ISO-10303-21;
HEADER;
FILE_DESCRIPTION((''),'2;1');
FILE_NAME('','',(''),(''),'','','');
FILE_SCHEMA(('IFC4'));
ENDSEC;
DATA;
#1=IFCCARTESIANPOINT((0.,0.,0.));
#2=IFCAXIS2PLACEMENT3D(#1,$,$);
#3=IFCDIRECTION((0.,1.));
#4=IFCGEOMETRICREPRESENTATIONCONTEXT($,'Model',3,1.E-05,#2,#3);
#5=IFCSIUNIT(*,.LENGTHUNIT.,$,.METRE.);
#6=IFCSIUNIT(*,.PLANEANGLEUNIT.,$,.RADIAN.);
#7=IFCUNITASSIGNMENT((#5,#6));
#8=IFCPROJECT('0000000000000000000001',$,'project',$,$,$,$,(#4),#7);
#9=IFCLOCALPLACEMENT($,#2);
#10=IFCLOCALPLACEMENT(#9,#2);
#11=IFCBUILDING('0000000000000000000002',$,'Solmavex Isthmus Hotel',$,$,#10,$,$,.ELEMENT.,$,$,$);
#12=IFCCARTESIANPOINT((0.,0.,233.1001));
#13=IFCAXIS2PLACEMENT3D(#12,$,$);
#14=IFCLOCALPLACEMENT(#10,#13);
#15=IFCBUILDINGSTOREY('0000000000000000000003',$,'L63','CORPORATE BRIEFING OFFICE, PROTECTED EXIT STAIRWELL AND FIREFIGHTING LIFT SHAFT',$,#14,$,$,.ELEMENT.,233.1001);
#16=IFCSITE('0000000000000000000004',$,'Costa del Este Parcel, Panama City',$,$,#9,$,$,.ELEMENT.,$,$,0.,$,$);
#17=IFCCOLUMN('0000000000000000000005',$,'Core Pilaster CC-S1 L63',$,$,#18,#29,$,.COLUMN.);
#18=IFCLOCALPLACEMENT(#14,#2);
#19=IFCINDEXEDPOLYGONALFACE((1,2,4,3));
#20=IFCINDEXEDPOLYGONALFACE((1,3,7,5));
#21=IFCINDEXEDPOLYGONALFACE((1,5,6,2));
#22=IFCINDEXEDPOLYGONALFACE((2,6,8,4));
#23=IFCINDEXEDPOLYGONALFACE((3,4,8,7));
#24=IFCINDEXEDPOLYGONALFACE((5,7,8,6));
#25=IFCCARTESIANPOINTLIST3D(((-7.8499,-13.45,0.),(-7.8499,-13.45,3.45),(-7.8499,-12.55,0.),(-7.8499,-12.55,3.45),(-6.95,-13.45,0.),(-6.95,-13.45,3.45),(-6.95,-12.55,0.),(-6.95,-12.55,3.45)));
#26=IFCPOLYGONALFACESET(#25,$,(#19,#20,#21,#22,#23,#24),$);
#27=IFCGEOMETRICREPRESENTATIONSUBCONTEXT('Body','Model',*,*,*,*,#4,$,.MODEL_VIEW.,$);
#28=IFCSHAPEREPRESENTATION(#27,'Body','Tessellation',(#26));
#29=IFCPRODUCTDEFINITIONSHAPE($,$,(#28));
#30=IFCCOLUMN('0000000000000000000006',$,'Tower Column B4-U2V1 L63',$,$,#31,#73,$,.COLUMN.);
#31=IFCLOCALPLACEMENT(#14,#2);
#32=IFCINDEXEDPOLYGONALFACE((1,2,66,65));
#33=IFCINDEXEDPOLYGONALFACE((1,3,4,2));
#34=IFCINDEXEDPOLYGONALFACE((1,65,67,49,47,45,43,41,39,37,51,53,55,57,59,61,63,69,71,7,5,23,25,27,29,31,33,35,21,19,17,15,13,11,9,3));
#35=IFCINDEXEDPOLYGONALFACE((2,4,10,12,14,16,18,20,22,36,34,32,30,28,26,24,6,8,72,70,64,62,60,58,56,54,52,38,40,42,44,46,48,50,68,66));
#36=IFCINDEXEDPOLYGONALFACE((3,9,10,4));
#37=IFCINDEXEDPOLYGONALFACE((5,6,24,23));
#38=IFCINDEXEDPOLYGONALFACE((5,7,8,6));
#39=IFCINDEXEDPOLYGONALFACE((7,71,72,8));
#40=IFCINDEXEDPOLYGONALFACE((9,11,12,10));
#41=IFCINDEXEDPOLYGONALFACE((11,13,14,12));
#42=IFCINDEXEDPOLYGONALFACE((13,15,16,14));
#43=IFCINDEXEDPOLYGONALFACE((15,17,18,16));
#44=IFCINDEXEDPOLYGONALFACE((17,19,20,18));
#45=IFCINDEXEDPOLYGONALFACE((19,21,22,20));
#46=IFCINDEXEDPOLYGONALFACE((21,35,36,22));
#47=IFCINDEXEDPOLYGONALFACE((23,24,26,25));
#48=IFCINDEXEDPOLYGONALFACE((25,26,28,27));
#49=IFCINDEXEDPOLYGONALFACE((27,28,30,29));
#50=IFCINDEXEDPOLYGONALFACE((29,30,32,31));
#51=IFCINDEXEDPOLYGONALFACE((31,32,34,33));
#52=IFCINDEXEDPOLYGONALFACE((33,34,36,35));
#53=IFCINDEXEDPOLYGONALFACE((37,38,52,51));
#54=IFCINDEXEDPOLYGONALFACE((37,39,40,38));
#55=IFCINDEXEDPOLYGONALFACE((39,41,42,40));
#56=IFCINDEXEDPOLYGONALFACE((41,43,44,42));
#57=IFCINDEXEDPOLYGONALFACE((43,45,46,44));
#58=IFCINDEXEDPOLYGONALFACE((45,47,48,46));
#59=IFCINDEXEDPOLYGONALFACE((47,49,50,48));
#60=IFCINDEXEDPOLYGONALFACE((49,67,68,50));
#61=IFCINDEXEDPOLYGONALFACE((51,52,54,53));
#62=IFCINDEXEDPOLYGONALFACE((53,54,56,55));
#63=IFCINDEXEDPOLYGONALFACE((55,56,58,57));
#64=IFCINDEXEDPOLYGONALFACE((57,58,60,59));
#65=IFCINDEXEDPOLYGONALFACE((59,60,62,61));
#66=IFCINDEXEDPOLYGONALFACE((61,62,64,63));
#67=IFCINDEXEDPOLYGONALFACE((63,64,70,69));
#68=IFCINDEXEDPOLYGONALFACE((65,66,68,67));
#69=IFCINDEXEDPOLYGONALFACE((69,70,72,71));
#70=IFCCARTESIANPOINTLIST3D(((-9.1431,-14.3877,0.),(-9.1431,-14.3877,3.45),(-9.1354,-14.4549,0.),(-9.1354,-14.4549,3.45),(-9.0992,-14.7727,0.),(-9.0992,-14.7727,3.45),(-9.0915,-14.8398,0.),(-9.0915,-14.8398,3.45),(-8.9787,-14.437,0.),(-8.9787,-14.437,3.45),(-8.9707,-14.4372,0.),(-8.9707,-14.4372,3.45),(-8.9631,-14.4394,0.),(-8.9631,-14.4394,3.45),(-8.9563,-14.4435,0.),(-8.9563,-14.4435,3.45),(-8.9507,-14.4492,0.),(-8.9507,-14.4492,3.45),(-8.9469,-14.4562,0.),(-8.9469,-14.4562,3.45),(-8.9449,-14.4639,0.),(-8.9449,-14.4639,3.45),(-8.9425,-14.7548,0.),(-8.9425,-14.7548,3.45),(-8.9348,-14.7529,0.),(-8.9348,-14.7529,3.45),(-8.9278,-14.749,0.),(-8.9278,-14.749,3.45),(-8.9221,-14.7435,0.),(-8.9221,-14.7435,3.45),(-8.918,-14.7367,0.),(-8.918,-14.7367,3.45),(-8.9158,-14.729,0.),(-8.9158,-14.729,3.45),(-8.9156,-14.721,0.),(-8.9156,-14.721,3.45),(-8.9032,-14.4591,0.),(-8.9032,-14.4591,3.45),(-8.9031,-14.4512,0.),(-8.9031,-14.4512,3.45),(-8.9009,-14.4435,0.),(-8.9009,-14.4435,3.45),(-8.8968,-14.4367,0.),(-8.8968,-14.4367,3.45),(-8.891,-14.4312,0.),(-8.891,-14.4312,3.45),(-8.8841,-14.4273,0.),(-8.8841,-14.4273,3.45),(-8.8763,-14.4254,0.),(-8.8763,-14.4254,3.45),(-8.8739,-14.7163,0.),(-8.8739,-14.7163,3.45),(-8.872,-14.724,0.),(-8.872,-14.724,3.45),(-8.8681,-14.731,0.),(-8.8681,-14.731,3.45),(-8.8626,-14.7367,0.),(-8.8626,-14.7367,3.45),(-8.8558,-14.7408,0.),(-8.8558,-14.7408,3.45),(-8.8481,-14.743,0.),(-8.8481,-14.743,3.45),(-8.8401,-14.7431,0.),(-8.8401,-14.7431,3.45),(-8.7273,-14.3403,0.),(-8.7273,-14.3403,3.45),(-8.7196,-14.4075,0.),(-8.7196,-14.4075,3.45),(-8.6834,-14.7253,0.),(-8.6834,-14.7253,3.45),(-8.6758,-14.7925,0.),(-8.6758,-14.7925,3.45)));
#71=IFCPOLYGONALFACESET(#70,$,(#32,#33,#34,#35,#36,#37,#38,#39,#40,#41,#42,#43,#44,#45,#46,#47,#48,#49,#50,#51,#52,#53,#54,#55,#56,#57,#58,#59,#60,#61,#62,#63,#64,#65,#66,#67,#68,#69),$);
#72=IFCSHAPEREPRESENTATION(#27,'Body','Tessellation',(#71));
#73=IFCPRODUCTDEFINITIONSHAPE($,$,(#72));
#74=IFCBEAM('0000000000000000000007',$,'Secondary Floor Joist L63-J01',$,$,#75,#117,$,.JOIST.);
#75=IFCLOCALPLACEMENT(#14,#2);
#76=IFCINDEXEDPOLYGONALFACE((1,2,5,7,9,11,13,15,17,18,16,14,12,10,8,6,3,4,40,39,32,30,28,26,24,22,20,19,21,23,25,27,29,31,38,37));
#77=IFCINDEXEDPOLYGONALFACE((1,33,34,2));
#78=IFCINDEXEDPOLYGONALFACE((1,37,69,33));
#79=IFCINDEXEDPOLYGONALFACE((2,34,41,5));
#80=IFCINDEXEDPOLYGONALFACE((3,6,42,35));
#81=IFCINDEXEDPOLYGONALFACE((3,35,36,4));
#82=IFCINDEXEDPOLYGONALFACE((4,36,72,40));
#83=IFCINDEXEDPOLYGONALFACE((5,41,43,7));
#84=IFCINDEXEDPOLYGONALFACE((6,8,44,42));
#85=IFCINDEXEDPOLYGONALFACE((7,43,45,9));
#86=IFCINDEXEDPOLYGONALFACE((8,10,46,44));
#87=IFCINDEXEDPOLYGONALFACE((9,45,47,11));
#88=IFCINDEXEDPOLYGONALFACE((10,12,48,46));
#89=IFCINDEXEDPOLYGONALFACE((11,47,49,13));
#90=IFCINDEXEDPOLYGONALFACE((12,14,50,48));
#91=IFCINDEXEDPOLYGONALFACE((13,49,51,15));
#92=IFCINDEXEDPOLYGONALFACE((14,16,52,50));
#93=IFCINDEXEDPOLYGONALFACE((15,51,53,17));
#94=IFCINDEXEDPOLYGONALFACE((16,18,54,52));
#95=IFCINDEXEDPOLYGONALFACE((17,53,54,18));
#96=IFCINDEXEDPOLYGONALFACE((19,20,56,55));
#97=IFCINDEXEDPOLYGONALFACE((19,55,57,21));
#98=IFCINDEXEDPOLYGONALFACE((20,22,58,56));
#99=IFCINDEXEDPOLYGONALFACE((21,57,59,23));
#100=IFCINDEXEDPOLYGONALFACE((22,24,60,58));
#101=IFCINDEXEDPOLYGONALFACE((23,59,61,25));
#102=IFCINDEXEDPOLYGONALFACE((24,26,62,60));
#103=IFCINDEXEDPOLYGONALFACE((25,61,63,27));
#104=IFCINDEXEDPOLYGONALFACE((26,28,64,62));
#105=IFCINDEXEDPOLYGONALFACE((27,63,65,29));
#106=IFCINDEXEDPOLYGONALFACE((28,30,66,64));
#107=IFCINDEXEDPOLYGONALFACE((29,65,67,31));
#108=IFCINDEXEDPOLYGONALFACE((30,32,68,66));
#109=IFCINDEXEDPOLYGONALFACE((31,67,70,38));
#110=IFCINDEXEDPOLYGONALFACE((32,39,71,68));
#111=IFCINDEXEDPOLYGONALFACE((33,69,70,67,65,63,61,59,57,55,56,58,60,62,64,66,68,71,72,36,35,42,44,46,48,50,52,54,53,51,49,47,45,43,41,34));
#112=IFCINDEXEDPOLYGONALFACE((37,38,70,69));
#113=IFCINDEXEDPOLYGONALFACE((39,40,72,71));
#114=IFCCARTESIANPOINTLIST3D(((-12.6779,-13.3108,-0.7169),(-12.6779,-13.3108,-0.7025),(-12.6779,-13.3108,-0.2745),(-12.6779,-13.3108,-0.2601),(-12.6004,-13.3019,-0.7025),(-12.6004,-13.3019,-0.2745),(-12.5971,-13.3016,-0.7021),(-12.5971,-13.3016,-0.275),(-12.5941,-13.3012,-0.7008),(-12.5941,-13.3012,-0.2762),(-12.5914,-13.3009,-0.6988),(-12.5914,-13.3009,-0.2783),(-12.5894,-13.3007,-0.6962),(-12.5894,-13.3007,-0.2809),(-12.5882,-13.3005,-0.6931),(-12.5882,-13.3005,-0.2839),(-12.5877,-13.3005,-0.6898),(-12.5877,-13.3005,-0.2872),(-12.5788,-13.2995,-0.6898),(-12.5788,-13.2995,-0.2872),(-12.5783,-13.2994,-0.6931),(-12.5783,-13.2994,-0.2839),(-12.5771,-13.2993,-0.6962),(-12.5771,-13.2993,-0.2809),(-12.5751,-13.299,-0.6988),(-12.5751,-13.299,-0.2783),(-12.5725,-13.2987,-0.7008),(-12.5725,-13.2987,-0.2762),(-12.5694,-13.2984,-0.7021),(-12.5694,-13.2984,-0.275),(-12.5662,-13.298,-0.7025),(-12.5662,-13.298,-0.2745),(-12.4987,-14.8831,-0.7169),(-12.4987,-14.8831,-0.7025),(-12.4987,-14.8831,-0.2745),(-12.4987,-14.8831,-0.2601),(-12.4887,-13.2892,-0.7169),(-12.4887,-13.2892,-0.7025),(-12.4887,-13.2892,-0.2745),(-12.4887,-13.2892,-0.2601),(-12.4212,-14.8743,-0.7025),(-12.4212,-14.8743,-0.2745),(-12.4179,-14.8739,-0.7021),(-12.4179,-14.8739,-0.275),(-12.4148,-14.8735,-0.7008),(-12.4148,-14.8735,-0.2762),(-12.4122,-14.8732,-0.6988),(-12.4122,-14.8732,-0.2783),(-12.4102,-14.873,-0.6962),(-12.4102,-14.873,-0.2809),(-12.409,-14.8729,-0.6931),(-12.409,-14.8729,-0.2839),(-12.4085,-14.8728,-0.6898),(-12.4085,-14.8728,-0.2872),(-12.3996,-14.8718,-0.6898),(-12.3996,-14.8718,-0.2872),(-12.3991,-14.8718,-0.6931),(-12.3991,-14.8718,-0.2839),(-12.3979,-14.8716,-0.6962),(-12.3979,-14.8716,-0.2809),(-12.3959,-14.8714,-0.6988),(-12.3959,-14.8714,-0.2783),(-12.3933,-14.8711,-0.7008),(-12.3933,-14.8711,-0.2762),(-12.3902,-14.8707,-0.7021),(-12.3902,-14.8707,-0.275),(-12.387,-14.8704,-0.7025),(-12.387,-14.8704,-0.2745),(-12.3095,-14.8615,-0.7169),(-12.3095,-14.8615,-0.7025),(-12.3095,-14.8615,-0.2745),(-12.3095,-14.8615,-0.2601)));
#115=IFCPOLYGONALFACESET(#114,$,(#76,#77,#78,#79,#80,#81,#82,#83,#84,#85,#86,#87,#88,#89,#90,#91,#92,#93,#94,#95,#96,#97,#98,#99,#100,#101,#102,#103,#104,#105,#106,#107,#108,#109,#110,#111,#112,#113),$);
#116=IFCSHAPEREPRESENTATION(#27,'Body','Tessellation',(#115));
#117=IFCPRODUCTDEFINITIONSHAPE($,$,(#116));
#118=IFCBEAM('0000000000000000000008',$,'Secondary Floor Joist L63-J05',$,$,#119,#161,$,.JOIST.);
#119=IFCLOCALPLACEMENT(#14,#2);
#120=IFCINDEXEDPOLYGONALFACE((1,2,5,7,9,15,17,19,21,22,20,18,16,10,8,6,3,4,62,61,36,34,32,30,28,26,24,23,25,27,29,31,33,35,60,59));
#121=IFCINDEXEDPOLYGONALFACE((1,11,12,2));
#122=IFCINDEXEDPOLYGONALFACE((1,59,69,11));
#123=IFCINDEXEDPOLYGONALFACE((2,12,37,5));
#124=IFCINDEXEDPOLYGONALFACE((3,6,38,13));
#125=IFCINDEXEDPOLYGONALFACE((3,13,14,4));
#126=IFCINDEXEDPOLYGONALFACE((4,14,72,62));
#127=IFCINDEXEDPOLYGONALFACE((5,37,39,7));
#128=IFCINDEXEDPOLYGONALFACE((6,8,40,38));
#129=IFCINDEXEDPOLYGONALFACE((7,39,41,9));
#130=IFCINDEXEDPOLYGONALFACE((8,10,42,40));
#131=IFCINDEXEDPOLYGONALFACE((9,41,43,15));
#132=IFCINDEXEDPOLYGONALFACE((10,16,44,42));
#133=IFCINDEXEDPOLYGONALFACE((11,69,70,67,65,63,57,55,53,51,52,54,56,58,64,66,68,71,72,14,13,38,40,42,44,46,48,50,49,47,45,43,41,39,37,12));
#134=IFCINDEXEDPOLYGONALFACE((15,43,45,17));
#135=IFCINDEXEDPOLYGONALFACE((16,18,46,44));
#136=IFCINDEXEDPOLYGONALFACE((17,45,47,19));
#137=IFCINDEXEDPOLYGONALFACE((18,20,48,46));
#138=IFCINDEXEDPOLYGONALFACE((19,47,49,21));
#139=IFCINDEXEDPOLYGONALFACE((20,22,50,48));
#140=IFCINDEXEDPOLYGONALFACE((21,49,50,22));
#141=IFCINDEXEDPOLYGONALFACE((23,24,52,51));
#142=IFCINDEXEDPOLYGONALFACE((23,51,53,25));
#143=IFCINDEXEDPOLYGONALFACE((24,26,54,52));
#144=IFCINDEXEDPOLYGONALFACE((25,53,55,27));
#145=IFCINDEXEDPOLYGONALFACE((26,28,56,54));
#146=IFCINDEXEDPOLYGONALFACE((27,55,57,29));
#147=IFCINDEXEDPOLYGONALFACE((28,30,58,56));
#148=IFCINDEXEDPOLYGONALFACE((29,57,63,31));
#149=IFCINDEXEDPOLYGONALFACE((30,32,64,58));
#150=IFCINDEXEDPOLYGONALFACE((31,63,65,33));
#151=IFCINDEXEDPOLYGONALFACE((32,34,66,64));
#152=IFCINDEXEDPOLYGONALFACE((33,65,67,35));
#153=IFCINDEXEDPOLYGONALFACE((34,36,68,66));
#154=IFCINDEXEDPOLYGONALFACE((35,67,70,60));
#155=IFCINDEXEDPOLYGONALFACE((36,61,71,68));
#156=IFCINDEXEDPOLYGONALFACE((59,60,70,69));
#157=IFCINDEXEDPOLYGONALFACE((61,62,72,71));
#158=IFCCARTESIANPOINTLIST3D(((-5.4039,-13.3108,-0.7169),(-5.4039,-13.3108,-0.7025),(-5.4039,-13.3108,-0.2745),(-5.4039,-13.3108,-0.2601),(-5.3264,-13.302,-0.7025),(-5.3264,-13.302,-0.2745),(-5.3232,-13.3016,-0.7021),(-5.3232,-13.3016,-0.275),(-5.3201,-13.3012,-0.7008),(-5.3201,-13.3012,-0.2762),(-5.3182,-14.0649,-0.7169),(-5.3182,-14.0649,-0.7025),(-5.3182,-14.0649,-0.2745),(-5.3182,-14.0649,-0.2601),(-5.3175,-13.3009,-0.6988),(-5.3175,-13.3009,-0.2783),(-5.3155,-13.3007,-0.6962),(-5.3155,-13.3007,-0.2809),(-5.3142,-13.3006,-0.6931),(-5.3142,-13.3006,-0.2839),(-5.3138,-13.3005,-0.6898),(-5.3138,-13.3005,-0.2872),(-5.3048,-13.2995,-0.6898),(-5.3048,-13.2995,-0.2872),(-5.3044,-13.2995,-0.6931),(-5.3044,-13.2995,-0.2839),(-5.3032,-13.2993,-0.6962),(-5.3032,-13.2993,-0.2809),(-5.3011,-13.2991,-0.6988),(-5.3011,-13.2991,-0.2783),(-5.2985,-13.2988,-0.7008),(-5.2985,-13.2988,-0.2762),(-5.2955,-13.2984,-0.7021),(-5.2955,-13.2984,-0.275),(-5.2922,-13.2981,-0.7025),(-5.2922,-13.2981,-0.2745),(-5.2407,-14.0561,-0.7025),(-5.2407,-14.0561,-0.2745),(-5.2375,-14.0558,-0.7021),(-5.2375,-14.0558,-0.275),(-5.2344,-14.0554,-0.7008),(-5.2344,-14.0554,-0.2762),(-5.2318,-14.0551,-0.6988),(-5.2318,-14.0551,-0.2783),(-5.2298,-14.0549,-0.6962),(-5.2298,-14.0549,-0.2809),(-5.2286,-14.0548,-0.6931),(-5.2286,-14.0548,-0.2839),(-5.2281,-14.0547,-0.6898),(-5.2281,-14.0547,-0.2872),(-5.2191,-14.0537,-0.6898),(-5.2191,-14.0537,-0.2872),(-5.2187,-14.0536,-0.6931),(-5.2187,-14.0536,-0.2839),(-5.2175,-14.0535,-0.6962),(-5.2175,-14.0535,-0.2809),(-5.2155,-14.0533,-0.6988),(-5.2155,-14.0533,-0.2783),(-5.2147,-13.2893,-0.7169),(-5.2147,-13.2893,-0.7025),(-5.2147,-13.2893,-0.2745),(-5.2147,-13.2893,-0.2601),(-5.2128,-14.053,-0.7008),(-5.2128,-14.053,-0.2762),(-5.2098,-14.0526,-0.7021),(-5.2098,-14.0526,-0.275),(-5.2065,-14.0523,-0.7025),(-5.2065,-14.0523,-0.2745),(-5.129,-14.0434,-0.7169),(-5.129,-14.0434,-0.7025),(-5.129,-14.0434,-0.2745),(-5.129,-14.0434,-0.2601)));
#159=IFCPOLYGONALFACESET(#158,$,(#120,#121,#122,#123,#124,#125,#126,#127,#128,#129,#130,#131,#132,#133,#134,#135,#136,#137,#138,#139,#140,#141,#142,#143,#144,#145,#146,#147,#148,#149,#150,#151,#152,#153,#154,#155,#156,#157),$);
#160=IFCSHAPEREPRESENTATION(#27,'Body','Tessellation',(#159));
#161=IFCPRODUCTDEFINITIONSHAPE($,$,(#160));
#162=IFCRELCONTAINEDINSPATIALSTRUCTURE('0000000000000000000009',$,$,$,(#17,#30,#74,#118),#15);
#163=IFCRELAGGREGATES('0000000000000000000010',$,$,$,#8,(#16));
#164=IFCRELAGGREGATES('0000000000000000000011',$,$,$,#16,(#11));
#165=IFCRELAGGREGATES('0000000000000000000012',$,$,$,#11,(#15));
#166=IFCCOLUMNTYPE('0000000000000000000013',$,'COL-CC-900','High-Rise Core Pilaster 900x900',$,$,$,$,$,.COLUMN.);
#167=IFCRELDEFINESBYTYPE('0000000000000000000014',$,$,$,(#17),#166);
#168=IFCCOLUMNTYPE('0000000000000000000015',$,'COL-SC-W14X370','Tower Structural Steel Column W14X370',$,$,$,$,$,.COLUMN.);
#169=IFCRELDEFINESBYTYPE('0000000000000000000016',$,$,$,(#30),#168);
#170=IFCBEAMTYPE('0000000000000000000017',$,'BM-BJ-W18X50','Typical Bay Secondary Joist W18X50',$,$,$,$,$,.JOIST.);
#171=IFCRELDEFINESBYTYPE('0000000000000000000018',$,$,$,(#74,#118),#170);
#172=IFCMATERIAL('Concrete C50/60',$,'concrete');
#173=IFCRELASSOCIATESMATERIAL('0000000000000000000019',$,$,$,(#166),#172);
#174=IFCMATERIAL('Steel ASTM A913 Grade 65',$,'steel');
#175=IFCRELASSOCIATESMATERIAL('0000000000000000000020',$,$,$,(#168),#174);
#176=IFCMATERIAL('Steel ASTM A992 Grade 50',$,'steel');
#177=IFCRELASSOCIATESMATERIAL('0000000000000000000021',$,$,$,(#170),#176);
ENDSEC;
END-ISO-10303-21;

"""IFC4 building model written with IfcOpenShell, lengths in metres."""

from ifc_helpers import new_model, si_unit, direction, frame, origin, origin_2d, place, context, subcontext, project, spatial, rectangle, i_section, extrude, material, material_profile, profile_set, type_object, element, save


model = new_model("IFC4")

# Units and contexts
model_context = context("Model", 3, precision=1e-05, world=origin(), true_north=direction((0.0, 1.0)))
body_context = subcontext(model_context, "Body", "Model", "MODEL_VIEW")
ifc_project = project(units=[si_unit("LENGTHUNIT", "METRE"), si_unit("PLANEANGLEUNIT", "RADIAN")], contexts=[model_context])

# Site, building, storey
site_placement = place(None, origin())
site = spatial("IfcSite", under=ifc_project, at=site_placement, Name="Costa del Este Parcel, Panama City", CompositionType="ELEMENT", RefElevation=0.0)
building_placement = place(site_placement, origin())
building = spatial("IfcBuilding", under=site, at=building_placement, Name="Solmavex Isthmus Hotel", CompositionType="ELEMENT")
storey_placement = place(building_placement, frame((0.0, 0.0, 233.1001)))
storey = spatial("IfcBuildingStorey", under=building, at=storey_placement, Name="L63", Description="CORPORATE BRIEFING OFFICE, PROTECTED EXIT STAIRWELL AND FIREFIGHTING LIFT SHAFT", CompositionType="ELEMENT", Elevation=233.1001)

# Columns
ifc_material_1 = material(Name="Concrete C50/60", Category="concrete")
ifc_material_profile_1 = material_profile(ifc_material_1, rectangle(XDim=0.8999, YDim=0.8999, at=origin_2d()), Name="RC900X900")
ifc_profile_set_1 = profile_set([ifc_material_profile_1], Name="Concrete C50/60")
column_type_1 = type_object("IfcColumnType", Name="COL-CC-900", Description="High-Rise Core Pilaster 900x900", PredefinedType="COLUMN", material=ifc_profile_set_1)
column_1_placement = place(storey_placement, frame((-7.3999, -13.0, 0.0), z_axis=(0.0, 0.0, 1.0), x_axis=(1.0, 0.0, 0.0)))
element("IfcColumn", 1, at=column_1_placement, inside=storey, type_object=column_type_1, Name="Core Pilaster CC-S1 L63", PredefinedType="COLUMN", context=body_context, shape_type="SweptSolid", body=[
    extrude(rectangle(XDim=0.8999, YDim=0.8999, at=origin_2d()), origin(), (0.0, 0.0, 1.0), 3.45),
])
ifc_material_2 = material(Name="Steel ASTM A913 Grade 65", Category="steel")
ifc_material_profile_2 = material_profile(ifc_material_2, i_section(OverallWidth=0.4185, OverallDepth=0.4551, WebThickness=0.042, FlangeThickness=0.0676, FilletRadius=0.0305, at=origin_2d()), Name="W14X370")
ifc_profile_set_2 = profile_set([ifc_material_profile_2], Name="Steel ASTM A913 Grade 65")
column_type_2 = type_object("IfcColumnType", Name="COL-SC-W14X370", Description="Tower Structural Steel Column W14X370", PredefinedType="COLUMN", material=ifc_profile_set_2)
column_2_placement = place(storey_placement, frame((-8.9094, -14.5901, 0.0), z_axis=(0.0, 0.0, 1.0), x_axis=(0.993572, 0.113203, 0.0)))
element("IfcColumn", 2, at=column_2_placement, inside=storey, type_object=column_type_2, Name="Tower Column B4-U2V1 L63", PredefinedType="COLUMN", context=body_context, shape_type="SweptSolid", body=[
    extrude(i_section(OverallWidth=0.4185, OverallDepth=0.4551, WebThickness=0.042, FlangeThickness=0.0676, FilletRadius=0.0305, at=origin_2d()), origin(), (0.0, 0.0, 1.0), 3.45),
])

# Beams
ifc_material_3 = material(Name="Steel ASTM A992 Grade 50", Category="steel")
ifc_material_profile_3 = material_profile(ifc_material_3, i_section(OverallWidth=0.1904, OverallDepth=0.4568, WebThickness=0.009, FlangeThickness=0.0144, FilletRadius=0.0127, at=origin_2d()), Name="W18X50")
ifc_profile_set_3 = profile_set([ifc_material_profile_3], Name="Steel ASTM A992 Grade 50")
beam_type_1 = type_object("IfcBeamType", Name="BM-BJ-W18X50", Description="Typical Bay Secondary Joist W18X50", PredefinedType="JOIST", material=ifc_profile_set_3)
beam_1_placement = place(storey_placement, frame((-12.4041, -14.8723, -0.4885), z_axis=(-0.113242, 0.993567, 0.0), x_axis=(-0.993567, -0.113242, 0.0)))
element("IfcBeam", 3, at=beam_1_placement, inside=storey, type_object=beam_type_1, Name="Secondary Floor Joist L63-J01", PredefinedType="JOIST", context=body_context, shape_type="SweptSolid", body=[
    extrude(i_section(OverallWidth=0.1904, OverallDepth=0.4568, WebThickness=0.009, FlangeThickness=0.0144, FilletRadius=0.0127, at=origin_2d()), origin(), (0.0, 0.0, 1.0), 1.5825),
])
beam_2_placement = place(storey_placement, frame((-5.2236, -14.0542, -0.4885), z_axis=(-0.112902, 0.993606, 0.0), x_axis=(-0.993606, -0.112902, 0.0)))
element("IfcBeam", 4, at=beam_2_placement, inside=storey, type_object=beam_type_1, Name="Secondary Floor Joist L63-J05", PredefinedType="JOIST", context=body_context, shape_type="SweptSolid", body=[
    extrude(i_section(OverallWidth=0.1904, OverallDepth=0.4568, WebThickness=0.009, FlangeThickness=0.0144, FilletRadius=0.0127, at=origin_2d()), origin(), (0.0, 0.0, 1.0), 0.759),
])

save(model, "model.ifc")
